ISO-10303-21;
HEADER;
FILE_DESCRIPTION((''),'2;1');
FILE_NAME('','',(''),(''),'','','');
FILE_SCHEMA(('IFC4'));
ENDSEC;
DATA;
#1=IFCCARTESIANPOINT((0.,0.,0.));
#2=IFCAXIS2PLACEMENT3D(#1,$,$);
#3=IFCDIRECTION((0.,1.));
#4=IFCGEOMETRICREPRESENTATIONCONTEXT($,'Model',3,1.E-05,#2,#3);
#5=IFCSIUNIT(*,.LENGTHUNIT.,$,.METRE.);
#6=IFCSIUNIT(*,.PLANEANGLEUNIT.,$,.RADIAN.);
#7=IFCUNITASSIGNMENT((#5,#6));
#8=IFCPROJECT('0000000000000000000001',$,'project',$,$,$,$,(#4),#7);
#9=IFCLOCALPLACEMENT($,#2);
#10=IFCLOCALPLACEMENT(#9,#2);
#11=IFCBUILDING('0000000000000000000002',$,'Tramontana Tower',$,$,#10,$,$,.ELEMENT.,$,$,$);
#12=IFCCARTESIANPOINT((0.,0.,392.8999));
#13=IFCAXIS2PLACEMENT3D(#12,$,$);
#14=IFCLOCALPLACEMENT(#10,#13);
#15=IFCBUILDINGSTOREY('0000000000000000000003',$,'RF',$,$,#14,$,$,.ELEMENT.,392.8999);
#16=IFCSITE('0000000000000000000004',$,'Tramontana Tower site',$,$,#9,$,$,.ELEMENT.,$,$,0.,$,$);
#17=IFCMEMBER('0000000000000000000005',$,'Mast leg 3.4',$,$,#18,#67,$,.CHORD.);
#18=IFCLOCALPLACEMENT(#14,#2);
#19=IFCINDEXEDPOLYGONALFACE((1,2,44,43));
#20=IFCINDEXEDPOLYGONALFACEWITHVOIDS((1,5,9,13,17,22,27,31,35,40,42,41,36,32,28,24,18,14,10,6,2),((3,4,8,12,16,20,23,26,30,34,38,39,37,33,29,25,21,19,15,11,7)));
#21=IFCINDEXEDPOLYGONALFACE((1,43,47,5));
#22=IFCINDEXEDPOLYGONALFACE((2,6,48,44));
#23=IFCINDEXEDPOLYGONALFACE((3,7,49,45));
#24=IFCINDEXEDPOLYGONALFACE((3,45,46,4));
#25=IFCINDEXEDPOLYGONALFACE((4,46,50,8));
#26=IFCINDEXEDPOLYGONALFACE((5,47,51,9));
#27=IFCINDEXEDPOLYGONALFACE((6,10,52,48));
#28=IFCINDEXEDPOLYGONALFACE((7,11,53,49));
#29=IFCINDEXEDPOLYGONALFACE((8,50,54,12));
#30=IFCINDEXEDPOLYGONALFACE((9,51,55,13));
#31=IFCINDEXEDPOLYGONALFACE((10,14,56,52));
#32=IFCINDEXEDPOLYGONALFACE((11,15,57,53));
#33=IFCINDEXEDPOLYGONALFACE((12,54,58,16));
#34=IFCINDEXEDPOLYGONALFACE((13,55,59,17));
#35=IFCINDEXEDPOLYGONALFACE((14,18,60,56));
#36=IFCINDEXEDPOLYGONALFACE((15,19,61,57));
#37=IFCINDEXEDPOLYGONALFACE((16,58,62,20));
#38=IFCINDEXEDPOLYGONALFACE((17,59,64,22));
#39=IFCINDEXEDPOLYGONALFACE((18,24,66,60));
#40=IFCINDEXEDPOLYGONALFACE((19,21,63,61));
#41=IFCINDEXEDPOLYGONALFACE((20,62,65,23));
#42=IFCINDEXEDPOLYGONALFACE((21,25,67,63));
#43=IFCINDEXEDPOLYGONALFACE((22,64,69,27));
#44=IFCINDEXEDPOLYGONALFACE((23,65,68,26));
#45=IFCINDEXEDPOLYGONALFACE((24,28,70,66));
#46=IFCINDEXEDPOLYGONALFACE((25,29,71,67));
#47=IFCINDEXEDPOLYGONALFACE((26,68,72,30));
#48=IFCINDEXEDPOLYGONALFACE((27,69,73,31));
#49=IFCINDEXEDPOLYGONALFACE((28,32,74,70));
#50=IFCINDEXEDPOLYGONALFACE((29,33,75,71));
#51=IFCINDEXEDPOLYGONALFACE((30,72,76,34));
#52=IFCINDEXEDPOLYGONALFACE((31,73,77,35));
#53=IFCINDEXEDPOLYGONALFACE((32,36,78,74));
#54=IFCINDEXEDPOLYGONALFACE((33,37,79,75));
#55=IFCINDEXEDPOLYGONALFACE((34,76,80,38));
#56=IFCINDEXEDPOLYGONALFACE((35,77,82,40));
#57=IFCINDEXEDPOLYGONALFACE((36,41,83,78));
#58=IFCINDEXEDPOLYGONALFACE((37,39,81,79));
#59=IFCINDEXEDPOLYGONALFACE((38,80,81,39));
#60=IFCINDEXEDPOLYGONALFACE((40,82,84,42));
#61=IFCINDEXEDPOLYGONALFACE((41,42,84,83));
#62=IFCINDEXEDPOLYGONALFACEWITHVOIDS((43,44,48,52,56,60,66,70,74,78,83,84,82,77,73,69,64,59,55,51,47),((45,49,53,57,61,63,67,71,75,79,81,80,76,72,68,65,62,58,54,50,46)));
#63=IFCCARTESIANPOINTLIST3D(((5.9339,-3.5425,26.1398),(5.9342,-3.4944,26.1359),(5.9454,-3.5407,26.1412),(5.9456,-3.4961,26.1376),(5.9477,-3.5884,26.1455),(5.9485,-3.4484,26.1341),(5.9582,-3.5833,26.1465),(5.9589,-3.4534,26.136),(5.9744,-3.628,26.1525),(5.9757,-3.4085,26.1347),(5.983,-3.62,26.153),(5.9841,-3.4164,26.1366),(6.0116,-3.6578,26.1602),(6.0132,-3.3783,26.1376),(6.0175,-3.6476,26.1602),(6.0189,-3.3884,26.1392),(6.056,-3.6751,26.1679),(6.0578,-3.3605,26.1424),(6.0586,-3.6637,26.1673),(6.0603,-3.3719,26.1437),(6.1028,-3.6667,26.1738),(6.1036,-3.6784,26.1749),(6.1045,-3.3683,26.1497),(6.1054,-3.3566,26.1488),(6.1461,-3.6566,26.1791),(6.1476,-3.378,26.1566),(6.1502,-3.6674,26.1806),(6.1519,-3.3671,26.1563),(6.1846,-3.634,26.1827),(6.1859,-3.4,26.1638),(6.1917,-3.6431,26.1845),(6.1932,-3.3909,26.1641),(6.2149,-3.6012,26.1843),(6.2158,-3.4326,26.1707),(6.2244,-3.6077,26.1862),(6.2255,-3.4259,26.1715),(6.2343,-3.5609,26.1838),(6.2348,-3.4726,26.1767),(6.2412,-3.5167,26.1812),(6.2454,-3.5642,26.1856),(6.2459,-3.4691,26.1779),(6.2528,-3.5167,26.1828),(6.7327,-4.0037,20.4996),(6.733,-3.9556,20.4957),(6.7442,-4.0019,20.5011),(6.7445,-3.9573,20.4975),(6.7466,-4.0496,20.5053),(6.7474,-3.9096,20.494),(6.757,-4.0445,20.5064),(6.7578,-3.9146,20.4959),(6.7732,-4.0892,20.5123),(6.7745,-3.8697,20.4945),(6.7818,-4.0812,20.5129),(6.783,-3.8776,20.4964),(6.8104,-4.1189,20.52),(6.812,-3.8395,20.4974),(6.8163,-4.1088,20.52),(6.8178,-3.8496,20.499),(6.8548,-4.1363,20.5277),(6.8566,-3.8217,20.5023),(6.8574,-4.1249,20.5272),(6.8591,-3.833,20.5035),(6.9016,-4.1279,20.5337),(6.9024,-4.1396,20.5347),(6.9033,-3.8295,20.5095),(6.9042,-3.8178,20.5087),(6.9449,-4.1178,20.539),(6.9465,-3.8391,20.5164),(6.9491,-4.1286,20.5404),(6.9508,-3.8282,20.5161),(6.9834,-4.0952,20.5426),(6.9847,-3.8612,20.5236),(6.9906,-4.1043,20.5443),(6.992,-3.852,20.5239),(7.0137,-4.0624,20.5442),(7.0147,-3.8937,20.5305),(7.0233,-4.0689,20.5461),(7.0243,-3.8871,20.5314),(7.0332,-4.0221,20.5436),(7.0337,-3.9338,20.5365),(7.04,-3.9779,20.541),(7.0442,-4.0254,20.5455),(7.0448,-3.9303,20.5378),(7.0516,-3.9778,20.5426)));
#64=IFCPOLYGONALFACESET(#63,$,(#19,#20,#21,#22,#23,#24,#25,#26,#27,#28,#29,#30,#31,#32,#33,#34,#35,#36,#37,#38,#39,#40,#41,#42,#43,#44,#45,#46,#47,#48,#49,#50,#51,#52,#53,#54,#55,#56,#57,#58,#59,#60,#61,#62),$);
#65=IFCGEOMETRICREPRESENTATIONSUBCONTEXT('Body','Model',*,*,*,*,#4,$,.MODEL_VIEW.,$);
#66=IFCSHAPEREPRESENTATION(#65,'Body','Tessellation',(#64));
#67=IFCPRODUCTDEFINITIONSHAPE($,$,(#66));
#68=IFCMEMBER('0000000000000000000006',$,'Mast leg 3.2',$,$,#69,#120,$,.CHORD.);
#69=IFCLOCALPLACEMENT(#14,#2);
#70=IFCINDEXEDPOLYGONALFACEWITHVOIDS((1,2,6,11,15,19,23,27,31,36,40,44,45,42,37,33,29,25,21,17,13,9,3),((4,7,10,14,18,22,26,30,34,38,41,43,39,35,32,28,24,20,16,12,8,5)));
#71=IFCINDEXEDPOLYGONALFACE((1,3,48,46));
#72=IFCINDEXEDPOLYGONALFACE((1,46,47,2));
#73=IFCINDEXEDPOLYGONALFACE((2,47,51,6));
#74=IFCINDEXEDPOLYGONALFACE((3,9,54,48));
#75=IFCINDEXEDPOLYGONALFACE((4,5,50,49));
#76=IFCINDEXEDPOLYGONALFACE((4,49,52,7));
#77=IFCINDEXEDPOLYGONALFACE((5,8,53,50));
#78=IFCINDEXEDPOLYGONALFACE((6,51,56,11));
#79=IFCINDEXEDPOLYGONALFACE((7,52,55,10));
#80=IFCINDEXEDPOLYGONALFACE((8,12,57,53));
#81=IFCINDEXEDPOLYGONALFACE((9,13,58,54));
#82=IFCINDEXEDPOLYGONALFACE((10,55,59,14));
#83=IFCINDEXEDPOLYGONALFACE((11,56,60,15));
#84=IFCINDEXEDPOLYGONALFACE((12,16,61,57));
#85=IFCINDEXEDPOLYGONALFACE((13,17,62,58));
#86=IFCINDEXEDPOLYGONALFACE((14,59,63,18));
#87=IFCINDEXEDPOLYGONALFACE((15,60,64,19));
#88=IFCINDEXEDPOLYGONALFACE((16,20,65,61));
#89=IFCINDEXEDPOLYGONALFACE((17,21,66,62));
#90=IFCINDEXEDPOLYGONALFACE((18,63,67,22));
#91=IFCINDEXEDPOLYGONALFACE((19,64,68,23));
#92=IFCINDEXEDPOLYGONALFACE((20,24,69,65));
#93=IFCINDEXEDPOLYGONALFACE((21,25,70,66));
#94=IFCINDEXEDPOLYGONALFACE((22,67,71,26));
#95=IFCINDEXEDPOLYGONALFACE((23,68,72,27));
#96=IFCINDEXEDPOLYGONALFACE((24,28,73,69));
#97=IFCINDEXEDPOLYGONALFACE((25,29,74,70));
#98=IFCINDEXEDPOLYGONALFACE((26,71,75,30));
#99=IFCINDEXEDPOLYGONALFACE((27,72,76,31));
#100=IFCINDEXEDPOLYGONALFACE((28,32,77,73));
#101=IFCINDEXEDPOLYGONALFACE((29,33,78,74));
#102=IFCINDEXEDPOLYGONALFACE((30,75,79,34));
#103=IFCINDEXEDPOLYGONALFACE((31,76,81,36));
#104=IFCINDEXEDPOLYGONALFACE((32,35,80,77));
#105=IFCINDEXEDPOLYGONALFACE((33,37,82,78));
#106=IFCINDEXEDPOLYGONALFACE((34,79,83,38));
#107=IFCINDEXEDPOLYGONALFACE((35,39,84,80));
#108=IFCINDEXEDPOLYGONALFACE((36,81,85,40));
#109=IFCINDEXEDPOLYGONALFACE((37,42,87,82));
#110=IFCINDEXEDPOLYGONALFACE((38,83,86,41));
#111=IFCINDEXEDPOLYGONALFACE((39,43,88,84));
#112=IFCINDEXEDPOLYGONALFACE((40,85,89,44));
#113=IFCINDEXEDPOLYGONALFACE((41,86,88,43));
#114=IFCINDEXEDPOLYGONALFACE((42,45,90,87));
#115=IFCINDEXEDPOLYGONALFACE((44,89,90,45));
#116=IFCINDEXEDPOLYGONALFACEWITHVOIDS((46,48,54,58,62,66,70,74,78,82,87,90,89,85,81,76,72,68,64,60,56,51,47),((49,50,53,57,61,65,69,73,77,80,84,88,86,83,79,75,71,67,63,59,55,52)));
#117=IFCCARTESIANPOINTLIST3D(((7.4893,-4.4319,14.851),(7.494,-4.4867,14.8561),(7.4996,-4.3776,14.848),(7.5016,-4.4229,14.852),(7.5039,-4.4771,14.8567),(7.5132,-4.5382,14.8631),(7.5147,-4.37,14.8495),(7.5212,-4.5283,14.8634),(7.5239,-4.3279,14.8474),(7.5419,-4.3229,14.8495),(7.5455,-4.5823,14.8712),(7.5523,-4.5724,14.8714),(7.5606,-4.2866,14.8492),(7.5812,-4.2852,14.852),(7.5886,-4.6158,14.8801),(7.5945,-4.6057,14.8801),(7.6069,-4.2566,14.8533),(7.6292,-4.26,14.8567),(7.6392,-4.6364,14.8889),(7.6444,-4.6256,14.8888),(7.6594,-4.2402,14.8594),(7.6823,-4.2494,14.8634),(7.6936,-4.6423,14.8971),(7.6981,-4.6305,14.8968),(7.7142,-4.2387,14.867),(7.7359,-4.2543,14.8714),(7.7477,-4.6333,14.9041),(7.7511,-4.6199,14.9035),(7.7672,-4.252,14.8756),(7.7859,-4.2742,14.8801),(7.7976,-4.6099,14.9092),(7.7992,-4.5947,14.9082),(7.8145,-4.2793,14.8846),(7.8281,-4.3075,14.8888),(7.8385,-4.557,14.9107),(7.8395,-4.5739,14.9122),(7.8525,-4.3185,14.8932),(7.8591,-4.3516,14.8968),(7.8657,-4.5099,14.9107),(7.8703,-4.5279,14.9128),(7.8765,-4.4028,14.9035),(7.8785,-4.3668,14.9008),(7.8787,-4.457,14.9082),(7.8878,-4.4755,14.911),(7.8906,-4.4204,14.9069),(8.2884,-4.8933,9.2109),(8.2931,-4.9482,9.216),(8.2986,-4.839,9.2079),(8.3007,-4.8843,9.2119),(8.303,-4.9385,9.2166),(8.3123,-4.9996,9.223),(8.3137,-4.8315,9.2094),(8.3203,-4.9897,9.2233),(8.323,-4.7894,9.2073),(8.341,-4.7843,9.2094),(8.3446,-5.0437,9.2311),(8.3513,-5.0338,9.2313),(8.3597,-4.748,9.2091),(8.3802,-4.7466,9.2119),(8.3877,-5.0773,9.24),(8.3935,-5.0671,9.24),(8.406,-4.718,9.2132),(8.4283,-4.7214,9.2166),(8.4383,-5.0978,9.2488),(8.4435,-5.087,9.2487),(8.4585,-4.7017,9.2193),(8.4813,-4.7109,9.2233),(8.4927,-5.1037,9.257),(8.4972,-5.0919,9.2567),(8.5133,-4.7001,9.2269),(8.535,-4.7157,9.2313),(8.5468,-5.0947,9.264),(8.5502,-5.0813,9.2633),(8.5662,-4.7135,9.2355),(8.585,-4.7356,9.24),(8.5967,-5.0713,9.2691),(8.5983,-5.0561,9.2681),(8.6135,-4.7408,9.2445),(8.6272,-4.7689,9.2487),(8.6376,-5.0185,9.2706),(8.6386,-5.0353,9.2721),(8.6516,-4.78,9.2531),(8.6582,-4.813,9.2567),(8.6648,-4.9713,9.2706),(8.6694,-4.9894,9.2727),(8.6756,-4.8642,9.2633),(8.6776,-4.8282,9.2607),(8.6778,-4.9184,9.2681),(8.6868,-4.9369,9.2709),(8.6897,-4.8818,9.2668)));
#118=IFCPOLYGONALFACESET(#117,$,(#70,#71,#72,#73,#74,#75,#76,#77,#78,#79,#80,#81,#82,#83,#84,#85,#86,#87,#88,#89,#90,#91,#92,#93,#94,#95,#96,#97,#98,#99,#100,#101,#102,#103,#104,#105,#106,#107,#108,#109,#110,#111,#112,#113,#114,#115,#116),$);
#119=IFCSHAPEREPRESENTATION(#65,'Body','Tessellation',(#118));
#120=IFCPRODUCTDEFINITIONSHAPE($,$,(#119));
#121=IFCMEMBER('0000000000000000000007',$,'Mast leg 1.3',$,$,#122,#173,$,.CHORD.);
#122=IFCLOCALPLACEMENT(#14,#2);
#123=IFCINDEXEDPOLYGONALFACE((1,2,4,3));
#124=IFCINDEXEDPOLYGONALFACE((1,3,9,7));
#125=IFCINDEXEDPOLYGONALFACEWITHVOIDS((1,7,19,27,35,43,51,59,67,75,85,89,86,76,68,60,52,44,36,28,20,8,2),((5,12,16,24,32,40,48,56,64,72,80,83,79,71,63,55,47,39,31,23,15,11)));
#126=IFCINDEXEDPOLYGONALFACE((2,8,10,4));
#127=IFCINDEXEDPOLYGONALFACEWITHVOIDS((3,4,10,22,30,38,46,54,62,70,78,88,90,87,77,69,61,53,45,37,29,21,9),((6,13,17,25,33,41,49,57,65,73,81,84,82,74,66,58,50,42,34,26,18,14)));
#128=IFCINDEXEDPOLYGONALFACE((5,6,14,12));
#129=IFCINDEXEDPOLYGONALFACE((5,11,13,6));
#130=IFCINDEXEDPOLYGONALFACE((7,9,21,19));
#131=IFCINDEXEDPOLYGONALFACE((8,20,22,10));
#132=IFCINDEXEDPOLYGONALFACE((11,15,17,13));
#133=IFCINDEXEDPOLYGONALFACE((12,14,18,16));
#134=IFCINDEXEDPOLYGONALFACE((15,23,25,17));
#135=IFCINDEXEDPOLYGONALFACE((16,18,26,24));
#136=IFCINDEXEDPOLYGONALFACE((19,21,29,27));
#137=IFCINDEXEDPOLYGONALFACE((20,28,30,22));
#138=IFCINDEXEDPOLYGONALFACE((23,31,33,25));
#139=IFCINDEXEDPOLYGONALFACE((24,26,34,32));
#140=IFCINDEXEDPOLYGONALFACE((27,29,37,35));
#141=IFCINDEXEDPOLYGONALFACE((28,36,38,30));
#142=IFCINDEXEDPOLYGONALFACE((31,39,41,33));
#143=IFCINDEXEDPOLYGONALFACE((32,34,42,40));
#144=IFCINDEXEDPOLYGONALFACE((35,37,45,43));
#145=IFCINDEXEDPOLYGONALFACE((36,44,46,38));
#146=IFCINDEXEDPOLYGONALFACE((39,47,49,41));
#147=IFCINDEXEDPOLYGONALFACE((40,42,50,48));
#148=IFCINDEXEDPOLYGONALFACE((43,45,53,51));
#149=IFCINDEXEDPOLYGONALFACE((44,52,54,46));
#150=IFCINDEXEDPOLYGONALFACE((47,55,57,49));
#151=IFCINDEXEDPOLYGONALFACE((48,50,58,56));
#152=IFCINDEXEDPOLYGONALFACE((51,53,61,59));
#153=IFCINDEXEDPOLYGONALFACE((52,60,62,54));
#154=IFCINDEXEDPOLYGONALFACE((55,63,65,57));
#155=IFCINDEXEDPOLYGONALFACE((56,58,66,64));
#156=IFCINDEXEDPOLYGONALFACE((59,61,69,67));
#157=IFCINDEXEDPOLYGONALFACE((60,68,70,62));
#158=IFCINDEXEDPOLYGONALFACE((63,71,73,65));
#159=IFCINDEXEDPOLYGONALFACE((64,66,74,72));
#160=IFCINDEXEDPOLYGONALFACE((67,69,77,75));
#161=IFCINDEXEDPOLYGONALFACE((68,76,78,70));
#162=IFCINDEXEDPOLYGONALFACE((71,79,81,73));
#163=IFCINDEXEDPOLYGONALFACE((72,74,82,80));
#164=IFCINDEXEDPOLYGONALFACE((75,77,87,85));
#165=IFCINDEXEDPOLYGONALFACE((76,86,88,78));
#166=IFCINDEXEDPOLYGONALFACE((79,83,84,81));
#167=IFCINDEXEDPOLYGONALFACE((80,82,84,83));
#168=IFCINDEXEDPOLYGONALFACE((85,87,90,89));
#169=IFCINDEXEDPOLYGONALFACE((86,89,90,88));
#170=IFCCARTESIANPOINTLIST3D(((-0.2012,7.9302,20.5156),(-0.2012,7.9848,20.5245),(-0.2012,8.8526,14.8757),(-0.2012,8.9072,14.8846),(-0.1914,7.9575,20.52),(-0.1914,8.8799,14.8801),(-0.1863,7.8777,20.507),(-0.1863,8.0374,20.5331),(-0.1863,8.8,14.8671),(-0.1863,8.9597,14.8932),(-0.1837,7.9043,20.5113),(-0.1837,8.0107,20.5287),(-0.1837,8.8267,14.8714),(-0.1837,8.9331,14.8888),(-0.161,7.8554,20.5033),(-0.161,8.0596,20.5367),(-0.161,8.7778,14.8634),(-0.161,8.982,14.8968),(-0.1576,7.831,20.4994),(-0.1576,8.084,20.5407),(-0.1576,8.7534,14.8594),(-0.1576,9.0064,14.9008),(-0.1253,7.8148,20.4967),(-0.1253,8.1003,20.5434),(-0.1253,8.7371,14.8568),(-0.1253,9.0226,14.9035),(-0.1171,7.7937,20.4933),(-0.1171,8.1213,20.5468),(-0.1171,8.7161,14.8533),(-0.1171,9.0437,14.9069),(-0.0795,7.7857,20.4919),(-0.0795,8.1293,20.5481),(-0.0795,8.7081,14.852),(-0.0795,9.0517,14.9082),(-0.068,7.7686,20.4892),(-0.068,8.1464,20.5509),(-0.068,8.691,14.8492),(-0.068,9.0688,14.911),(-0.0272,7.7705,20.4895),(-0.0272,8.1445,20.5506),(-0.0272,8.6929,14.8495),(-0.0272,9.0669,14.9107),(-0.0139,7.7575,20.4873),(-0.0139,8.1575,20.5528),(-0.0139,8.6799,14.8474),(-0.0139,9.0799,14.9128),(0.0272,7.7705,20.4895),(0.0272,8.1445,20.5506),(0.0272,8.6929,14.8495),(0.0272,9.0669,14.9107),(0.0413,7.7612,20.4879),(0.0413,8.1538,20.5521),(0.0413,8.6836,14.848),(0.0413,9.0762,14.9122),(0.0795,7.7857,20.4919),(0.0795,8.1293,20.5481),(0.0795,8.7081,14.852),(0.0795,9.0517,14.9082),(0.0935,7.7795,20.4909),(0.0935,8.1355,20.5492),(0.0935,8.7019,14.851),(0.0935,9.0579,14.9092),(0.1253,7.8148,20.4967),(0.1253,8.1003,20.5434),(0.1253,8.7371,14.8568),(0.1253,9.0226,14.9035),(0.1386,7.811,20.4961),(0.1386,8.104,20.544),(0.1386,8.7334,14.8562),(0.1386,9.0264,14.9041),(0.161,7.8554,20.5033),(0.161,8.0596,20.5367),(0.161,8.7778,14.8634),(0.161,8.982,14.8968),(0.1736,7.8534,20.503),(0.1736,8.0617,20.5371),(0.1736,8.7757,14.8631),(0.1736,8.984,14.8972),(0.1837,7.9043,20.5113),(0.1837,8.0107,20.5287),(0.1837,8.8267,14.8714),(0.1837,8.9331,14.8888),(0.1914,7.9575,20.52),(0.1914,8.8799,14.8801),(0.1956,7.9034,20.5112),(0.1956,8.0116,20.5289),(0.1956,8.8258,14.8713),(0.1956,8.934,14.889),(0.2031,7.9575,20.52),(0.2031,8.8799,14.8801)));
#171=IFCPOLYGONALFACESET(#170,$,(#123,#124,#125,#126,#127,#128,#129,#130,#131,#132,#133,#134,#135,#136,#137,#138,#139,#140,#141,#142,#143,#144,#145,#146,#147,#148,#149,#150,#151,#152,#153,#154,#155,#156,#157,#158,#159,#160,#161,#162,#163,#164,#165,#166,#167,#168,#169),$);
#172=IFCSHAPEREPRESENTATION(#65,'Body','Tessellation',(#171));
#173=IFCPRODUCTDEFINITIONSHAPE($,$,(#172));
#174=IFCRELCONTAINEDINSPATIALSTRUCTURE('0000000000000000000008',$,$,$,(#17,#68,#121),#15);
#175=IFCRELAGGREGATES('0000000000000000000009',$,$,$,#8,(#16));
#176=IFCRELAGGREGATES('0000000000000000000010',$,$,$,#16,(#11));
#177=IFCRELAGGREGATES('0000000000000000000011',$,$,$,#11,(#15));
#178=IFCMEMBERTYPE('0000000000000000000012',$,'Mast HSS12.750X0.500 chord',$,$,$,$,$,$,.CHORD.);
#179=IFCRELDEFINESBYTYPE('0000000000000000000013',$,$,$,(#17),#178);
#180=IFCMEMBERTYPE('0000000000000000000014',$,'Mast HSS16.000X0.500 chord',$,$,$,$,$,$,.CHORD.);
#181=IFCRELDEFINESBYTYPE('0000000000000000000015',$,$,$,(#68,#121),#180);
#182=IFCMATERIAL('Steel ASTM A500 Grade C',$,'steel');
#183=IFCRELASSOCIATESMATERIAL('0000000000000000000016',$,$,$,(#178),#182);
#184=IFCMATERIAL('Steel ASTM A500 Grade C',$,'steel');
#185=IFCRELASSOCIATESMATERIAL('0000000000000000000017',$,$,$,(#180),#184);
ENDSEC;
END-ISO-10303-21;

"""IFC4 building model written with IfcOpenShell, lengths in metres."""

from ifc_helpers import new_model, si_unit, direction, frame, origin, origin_2d, place, context, subcontext, project, spatial, hollow_circle, extrude, material, material_profile, profile_set, type_object, element, save


model = new_model("IFC4")

# Units and contexts
model_context = context("Model", 3, precision=1e-05, world=origin(), true_north=direction((0.0, 1.0)))
body_context = subcontext(model_context, "Body", "Model", "MODEL_VIEW")
ifc_project = project(units=[si_unit("LENGTHUNIT", "METRE"), si_unit("PLANEANGLEUNIT", "RADIAN")], contexts=[model_context])

# Site, building, storey
site_placement = place(None, origin())
site = spatial("IfcSite", under=ifc_project, at=site_placement, Name="Tramontana Tower site", CompositionType="ELEMENT", RefElevation=0.0)
building_placement = place(site_placement, origin())
building = spatial("IfcBuilding", under=site, at=building_placement, Name="Tramontana Tower", CompositionType="ELEMENT")
storey_placement = place(building_placement, frame((0.0, 0.0, 392.8999)))
storey = spatial("IfcBuildingStorey", under=building, at=storey_placement, Name="RF", CompositionType="ELEMENT", Elevation=392.8999)

# Members
ifc_material_1 = material(Name="Steel ASTM A500 Grade C", Category="steel")
ifc_material_profile_1 = material_profile(ifc_material_1, hollow_circle(Radius=0.1619, WallThickness=0.0117, at=origin_2d()), Name="HSS12.750X0.500")
ifc_profile_set_1 = profile_set([ifc_material_profile_1], Name="Steel ASTM A500 Grade C")
member_type_1 = type_object("IfcMemberType", Name="Mast HSS12.750X0.500 chord", PredefinedType="CHORD", material=ifc_profile_set_1)
for number, where, z_axis, x_axis, name in (
    (1, (6.8914, -3.9788, 20.52), (-0.139776, 0.080696, 0.98689), (-0.499982, -0.866036, 0.0), "Mast leg 3.4"),
):
    element("IfcMember", number, at=place(storey_placement, frame(where, z_axis=z_axis, x_axis=x_axis)), inside=storey, type_object=member_type_1, Name=name, PredefinedType="CHORD", context=body_context, shape_type="SweptSolid", body=[
        extrude(hollow_circle(Radius=0.1619, WallThickness=0.0117, at=origin_2d()), origin(), (0.0, 0.0, 1.0), 5.7151),
    ])
ifc_material_2 = material(Name="Steel ASTM A500 Grade C", Category="steel")
ifc_material_profile_2 = material_profile(ifc_material_2, hollow_circle(Radius=0.2031, WallThickness=0.0117, at=origin_2d()), Name="HSS16.000X0.500")
ifc_profile_set_2 = profile_set([ifc_material_profile_2], Name="Steel ASTM A500 Grade C")
member_type_2 = type_object("IfcMemberType", Name="Mast HSS16.000X0.500 chord", PredefinedType="CHORD", material=ifc_profile_set_2)
member_1_placement = place(storey_placement, frame((8.4893, -4.9014, 9.24), z_axis=(-0.139817, 0.080738, 0.98688), x_axis=(-0.500066, -0.865987, 0.0)))
element("IfcMember", 2, at=member_1_placement, inside=storey, type_object=member_type_2, Name="Mast leg 3.2", PredefinedType="CHORD", context=body_context, shape_type="SweptSolid", body=[
    extrude(hollow_circle(Radius=0.2031, WallThickness=0.0117, at=origin_2d()), origin(), (0.0, 0.0, 1.0), 5.7151),
])
for number, where, z_axis, x_axis, name in (
    (3, (0.0, 8.8799, 14.8801), (0.0, -0.161399, 0.986889), (1.0, 0.0, 0.0), "Mast leg 1.3"),
):
    element("IfcMember", number, at=place(storey_placement, frame(where, z_axis=z_axis, x_axis=x_axis)), inside=storey, type_object=member_type_2, Name=name, PredefinedType="CHORD", context=body_context, shape_type="SweptSolid", body=[
        extrude(hollow_circle(Radius=0.2031, WallThickness=0.0117, at=origin_2d()), origin(), (0.0, 0.0, 1.0), 5.7148),
    ])

save(model, "model.ifc")
